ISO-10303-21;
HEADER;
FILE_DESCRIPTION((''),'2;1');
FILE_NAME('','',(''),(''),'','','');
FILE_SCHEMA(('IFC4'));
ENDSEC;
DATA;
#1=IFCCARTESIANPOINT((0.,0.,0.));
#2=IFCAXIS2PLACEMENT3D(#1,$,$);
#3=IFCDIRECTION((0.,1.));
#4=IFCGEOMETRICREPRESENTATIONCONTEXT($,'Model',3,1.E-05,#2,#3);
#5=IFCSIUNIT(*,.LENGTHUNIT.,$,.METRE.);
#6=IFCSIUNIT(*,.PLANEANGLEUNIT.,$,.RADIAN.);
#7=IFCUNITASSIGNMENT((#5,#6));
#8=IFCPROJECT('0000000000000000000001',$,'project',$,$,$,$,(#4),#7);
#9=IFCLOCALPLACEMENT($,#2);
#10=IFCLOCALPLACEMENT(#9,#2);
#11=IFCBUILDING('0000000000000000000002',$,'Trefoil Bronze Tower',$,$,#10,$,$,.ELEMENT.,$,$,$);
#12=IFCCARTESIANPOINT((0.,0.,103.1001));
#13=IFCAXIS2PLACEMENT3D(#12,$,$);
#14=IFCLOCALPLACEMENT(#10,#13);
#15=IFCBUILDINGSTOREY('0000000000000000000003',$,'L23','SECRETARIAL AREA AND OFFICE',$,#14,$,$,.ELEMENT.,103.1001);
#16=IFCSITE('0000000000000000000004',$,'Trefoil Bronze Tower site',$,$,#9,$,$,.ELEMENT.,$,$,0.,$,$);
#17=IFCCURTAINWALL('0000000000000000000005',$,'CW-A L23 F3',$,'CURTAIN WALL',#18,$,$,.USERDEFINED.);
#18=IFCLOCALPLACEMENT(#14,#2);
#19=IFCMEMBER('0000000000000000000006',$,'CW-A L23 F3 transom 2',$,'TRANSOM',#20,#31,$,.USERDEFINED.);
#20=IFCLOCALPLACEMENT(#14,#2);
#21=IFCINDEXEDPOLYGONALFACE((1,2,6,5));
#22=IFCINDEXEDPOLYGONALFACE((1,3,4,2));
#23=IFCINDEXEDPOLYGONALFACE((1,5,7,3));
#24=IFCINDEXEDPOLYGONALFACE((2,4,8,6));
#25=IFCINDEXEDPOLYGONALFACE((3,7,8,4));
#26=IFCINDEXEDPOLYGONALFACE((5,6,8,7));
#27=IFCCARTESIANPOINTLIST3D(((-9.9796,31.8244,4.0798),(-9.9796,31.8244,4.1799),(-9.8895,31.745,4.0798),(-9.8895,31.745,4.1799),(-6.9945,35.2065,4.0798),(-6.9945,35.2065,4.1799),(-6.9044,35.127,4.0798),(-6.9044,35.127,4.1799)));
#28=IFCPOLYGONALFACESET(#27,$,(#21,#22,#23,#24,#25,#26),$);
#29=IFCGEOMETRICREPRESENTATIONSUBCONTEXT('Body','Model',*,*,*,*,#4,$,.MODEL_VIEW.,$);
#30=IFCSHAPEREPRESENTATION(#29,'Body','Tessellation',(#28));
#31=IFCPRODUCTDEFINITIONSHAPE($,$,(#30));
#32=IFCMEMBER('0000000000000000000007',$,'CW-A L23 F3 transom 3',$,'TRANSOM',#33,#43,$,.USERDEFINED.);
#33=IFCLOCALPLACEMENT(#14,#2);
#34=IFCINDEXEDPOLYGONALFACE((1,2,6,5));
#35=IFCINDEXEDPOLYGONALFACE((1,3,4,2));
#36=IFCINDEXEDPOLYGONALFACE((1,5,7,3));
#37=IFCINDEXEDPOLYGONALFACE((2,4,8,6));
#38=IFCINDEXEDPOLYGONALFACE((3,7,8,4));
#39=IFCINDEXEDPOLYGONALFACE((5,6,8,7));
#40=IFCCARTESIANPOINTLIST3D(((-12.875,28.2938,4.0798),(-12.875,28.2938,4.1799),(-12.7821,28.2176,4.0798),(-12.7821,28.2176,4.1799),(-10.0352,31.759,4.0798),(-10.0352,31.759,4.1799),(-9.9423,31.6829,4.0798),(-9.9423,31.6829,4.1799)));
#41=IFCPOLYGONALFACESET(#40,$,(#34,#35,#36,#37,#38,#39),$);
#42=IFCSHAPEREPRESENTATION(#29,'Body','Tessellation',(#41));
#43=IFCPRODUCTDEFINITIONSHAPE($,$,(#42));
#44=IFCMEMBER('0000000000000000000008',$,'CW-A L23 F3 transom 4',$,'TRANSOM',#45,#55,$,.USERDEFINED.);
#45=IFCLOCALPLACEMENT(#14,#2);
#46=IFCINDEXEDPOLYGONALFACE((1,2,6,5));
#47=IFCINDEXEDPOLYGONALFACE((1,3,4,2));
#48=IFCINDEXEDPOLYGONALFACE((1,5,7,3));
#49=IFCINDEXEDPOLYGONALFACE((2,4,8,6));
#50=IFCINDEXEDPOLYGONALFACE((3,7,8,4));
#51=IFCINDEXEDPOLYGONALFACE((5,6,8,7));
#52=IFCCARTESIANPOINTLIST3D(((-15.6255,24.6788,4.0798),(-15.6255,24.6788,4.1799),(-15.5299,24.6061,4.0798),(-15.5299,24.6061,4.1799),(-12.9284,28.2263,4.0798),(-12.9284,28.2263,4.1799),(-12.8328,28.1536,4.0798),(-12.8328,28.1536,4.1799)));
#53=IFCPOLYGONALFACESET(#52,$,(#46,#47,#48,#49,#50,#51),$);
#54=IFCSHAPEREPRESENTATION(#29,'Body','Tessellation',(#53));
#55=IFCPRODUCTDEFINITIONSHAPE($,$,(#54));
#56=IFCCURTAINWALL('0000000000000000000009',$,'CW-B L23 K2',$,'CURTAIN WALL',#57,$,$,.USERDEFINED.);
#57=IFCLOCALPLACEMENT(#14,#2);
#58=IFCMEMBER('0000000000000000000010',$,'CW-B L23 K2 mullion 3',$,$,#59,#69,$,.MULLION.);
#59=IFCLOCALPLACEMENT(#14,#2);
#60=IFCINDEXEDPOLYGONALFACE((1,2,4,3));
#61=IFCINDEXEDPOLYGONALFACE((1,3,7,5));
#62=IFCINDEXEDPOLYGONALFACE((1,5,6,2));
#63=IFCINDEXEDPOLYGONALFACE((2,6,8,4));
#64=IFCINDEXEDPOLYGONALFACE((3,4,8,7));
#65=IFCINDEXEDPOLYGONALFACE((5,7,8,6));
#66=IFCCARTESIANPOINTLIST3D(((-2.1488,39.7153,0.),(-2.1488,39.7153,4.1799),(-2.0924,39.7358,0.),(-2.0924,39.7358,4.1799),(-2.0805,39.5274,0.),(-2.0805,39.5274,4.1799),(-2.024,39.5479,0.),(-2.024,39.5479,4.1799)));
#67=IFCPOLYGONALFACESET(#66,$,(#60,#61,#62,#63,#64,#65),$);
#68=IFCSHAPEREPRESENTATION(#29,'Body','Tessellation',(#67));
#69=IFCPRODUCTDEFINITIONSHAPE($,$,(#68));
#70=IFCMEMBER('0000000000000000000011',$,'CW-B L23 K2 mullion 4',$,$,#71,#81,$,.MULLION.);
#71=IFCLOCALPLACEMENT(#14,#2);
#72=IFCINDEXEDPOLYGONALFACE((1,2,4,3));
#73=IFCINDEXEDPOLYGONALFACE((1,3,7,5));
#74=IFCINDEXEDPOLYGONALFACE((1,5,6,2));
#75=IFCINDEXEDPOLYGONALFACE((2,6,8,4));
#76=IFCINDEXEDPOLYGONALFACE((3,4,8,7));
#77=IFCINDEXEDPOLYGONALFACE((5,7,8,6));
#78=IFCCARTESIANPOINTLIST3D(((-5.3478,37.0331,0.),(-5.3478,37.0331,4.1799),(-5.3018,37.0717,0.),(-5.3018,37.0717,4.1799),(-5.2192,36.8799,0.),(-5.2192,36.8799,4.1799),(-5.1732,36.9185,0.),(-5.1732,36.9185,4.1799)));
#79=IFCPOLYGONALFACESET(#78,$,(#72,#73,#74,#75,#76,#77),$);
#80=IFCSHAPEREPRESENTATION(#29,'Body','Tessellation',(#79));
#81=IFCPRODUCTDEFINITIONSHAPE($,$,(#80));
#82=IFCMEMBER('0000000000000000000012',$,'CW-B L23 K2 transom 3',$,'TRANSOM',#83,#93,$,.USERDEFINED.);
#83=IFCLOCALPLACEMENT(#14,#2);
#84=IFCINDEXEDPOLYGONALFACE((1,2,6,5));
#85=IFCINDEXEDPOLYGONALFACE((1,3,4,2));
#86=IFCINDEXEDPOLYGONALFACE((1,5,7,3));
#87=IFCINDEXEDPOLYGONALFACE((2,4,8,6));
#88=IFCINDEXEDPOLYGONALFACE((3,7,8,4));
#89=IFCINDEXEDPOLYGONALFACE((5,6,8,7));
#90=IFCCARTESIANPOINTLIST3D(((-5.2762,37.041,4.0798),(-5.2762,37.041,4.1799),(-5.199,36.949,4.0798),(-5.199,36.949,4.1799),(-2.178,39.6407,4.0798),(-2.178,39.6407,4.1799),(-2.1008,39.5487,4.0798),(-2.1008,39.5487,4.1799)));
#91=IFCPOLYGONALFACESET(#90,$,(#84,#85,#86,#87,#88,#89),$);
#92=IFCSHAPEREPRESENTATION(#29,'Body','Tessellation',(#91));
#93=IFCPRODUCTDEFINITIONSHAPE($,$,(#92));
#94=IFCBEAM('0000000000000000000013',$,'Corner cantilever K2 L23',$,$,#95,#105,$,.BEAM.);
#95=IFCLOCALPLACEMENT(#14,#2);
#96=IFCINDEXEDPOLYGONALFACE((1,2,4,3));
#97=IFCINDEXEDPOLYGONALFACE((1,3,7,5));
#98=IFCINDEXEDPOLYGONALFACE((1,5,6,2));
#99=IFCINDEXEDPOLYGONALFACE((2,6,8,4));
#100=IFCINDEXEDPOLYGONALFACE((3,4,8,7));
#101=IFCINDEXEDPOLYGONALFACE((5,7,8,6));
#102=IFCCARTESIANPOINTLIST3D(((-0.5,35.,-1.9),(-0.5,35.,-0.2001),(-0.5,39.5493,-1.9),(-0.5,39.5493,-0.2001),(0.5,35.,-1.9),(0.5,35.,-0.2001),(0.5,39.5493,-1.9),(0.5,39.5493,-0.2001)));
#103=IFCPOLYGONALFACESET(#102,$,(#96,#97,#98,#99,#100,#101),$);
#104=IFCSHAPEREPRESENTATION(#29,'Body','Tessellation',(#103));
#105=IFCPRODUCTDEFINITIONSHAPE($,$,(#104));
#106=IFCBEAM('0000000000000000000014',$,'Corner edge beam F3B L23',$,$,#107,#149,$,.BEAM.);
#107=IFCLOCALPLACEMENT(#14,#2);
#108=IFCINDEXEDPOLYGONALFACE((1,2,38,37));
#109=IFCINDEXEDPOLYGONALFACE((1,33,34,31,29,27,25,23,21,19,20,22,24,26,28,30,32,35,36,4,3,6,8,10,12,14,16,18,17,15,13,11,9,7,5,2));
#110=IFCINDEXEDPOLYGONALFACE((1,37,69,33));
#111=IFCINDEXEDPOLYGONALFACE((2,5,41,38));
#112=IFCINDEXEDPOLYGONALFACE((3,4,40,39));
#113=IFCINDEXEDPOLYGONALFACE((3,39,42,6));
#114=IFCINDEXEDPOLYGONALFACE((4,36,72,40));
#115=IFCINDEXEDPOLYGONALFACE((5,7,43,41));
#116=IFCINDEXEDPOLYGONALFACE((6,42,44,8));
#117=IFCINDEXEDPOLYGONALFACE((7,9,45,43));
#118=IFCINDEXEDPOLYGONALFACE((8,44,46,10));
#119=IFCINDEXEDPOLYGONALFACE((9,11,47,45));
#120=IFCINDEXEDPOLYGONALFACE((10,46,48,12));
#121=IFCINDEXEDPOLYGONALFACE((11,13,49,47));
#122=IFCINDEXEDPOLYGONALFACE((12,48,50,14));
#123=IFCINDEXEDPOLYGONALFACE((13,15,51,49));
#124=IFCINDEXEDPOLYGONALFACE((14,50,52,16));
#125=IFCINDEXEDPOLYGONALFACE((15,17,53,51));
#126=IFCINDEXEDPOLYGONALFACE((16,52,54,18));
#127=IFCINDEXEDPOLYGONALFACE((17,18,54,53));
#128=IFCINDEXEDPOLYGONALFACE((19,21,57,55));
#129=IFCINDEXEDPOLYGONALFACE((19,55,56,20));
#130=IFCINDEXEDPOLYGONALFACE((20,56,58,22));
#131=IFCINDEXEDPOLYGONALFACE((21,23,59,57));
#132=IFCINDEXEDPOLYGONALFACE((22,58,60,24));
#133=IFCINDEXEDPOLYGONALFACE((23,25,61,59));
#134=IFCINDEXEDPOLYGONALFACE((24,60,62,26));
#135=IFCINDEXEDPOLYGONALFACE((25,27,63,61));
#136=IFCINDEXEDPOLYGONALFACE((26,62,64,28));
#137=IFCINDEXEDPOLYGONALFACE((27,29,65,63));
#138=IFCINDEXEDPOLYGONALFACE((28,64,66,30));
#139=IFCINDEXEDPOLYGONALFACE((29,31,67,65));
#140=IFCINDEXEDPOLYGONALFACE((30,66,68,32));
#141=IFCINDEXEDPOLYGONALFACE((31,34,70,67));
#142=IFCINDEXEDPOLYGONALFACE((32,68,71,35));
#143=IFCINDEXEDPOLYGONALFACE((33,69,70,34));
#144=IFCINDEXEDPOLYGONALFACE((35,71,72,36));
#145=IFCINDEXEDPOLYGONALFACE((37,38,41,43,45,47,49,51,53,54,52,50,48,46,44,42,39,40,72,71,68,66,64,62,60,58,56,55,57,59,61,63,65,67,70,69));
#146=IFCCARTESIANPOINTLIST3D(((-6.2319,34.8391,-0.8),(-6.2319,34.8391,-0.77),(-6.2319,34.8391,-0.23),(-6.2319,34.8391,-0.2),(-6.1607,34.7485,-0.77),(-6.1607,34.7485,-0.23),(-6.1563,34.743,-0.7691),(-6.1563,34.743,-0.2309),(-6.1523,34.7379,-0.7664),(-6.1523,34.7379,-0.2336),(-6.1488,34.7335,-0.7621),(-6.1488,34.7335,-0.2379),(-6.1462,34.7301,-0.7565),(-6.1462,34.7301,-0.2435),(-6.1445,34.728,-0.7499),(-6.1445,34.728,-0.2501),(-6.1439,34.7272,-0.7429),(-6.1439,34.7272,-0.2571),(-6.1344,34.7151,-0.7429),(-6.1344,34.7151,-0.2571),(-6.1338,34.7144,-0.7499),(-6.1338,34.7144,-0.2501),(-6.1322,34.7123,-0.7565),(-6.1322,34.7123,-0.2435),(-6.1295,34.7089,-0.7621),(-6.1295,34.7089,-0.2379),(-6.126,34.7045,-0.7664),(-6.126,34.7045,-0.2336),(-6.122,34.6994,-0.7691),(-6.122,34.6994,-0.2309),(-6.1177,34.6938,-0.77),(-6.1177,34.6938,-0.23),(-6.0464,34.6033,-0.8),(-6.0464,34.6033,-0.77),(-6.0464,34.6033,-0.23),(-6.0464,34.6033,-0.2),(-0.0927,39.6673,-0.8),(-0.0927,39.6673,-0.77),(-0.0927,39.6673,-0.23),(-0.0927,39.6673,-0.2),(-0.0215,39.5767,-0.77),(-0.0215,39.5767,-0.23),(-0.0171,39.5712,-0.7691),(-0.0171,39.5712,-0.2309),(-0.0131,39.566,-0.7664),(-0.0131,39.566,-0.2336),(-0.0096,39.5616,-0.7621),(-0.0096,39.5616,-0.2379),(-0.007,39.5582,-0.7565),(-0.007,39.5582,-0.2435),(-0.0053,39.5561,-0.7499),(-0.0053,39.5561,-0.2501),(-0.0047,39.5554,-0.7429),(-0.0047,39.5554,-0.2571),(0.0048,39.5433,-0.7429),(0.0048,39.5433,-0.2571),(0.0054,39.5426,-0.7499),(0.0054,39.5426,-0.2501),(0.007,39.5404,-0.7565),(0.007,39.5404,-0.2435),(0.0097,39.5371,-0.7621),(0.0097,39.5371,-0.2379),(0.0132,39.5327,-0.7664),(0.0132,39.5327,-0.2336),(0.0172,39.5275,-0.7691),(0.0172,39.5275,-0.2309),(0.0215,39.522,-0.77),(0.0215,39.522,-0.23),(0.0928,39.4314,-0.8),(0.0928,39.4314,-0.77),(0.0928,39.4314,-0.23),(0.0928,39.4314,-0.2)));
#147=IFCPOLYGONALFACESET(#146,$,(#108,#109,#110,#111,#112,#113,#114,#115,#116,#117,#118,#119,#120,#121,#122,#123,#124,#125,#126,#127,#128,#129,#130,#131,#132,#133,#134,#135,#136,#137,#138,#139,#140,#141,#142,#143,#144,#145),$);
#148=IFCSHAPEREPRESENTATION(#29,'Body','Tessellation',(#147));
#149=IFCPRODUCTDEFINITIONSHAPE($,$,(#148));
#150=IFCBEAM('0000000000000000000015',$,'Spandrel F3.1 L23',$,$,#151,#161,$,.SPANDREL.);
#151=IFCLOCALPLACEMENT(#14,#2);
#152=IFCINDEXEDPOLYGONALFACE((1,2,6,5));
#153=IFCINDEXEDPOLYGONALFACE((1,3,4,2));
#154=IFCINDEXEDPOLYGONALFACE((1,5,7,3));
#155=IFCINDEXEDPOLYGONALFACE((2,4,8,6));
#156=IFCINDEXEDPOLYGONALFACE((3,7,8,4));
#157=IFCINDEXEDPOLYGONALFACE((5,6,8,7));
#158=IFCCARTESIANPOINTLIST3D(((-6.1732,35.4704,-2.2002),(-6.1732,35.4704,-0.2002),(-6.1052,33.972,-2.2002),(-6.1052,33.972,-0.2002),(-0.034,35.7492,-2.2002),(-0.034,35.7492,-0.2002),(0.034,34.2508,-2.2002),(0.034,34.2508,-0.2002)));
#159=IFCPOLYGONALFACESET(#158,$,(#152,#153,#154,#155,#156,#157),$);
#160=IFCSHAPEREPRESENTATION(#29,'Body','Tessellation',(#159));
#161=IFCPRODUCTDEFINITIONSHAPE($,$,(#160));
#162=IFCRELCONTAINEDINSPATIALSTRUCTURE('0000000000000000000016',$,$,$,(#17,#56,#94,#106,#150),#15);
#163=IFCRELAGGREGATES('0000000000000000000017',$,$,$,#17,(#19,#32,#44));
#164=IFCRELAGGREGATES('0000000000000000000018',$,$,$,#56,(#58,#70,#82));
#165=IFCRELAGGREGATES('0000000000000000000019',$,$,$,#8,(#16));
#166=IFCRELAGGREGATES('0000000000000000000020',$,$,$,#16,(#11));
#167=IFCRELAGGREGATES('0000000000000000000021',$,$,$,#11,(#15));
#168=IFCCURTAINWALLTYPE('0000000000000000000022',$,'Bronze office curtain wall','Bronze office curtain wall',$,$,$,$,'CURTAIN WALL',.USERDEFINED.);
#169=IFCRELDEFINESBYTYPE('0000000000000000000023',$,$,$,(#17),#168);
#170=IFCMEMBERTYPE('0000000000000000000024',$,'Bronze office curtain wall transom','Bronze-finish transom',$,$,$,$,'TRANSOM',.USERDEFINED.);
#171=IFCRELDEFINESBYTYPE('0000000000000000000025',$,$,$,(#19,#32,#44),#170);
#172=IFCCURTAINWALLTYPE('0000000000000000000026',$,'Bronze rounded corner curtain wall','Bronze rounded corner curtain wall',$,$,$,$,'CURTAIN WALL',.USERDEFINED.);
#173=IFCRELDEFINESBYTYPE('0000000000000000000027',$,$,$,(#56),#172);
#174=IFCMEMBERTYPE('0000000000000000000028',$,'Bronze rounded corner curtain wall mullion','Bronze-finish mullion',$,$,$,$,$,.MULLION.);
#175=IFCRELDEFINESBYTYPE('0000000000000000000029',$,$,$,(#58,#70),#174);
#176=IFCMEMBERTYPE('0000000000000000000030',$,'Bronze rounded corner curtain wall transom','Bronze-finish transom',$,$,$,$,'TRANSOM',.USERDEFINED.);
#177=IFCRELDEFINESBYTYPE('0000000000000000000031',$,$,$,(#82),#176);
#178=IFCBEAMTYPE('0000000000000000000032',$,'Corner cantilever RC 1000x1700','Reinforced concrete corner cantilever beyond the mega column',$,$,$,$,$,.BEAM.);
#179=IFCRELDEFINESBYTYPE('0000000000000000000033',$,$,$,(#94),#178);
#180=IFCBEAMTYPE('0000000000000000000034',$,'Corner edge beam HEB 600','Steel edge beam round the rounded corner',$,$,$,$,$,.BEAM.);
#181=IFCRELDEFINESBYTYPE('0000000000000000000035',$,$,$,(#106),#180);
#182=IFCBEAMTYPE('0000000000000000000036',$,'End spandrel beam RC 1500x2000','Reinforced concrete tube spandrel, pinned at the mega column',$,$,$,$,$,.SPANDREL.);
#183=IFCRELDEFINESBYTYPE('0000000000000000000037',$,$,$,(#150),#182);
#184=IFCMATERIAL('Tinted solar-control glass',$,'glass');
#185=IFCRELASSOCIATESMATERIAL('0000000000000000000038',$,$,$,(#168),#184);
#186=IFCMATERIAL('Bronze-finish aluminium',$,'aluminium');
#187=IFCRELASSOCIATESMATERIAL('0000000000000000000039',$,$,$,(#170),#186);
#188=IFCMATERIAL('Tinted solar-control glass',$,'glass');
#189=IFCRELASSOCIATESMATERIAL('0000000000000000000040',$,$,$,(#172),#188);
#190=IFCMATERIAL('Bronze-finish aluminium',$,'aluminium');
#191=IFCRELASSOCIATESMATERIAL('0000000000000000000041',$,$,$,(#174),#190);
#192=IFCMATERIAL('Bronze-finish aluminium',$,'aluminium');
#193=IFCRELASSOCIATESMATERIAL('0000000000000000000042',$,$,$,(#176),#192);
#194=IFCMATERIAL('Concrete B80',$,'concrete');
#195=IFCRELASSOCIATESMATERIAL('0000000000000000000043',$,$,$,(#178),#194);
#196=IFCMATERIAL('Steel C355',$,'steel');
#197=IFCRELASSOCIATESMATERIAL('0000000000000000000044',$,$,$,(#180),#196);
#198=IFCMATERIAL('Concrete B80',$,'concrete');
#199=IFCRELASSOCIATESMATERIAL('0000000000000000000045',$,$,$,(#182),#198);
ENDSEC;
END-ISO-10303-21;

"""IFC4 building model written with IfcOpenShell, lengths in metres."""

from ifc_helpers import new_model, si_unit, direction, frame, origin, origin_2d, place, context, subcontext, project, spatial, rectangle, i_section, extrude, material, material_profile, profile_set, type_object, element, aggregate, save


model = new_model("IFC4")

# Units and contexts
model_context = context("Model", 3, precision=1e-05, world=origin(), true_north=direction((0.0, 1.0)))
body_context = subcontext(model_context, "Body", "Model", "MODEL_VIEW")
ifc_project = project(units=[si_unit("LENGTHUNIT", "METRE"), si_unit("PLANEANGLEUNIT", "RADIAN")], contexts=[model_context])

# Site, building, storey
site_placement = place(None, origin())
site = spatial("IfcSite", under=ifc_project, at=site_placement, Name="Trefoil Bronze Tower site", CompositionType="ELEMENT", RefElevation=0.0)
building_placement = place(site_placement, origin())
building = spatial("IfcBuilding", under=site, at=building_placement, Name="Trefoil Bronze Tower", CompositionType="ELEMENT")
storey_placement = place(building_placement, frame((0.0, 0.0, 103.1001)))
storey = spatial("IfcBuildingStorey", under=building, at=storey_placement, Name="L23", Description="SECRETARIAL AREA AND OFFICE", CompositionType="ELEMENT", Elevation=103.1001)

# Curtain walls, members
ifc_material_1 = material(Name="Tinted solar-control glass", Category="glass")
curtain_wall_type_1 = type_object("IfcCurtainWallType", Name="Bronze office curtain wall", Description="Bronze office curtain wall", ElementType="CURTAIN WALL", PredefinedType="USERDEFINED", material=ifc_material_1)
curtain_wall_1_placement = place(storey_placement, origin())
curtain_wall_1 = element("IfcCurtainWall", 1, at=curtain_wall_1_placement, inside=storey, type_object=curtain_wall_type_1, Name="CW-A L23 F3", ObjectType="CURTAIN WALL", PredefinedType="USERDEFINED")
ifc_material_2 = material(Name="Bronze-finish aluminium", Category="aluminium")
ifc_material_profile_1 = material_profile(ifc_material_2, rectangle(XDim=0.1201, YDim=0.1001, at=origin_2d()), Name="CW-A transom")
ifc_profile_set_1 = profile_set([ifc_material_profile_1], Name="Bronze-finish aluminium")
member_type_1 = type_object("IfcMemberType", Name="Bronze office curtain wall transom", Description="Bronze-finish transom", ElementType="TRANSOM", PredefinedType="USERDEFINED", material=ifc_profile_set_1)
member_1_placement = place(storey_placement, frame((-6.9495, 35.1667, 4.1299), z_axis=(-0.661736, -0.749737, 0.0), x_axis=(0.749737, -0.661736, 0.0)))
member_1 = element("IfcMember", 2, at=member_1_placement, type_object=member_type_1, Name="CW-A L23 F3 transom 2", ObjectType="TRANSOM", PredefinedType="USERDEFINED", context=body_context, shape_type="SweptSolid", body=[
    extrude(rectangle(XDim=0.1201, YDim=0.1001, at=origin_2d()), origin(), (0.0, 0.0, 1.0), 4.511),
])
member_2_placement = place(storey_placement, frame((-9.9888, 31.7209, 4.1299), z_axis=(-0.633849, -0.773457, 0.0), x_axis=(0.773457, -0.633849, 0.0)))
member_2 = element("IfcMember", 3, at=member_2_placement, type_object=member_type_1, Name="CW-A L23 F3 transom 3", ObjectType="TRANSOM", PredefinedType="USERDEFINED", context=body_context, shape_type="SweptSolid", body=[
    extrude(rectangle(XDim=0.1201, YDim=0.1001, at=origin_2d()), origin(), (0.0, 0.0, 1.0), 4.4802),
])
member_3_placement = place(storey_placement, frame((-12.8806, 28.1899, 4.1299), z_axis=(-0.605229, -0.796051, 0.0), x_axis=(0.796051, -0.605229, 0.0)))
member_3 = element("IfcMember", 4, at=member_3_placement, type_object=member_type_1, Name="CW-A L23 F3 transom 4", ObjectType="TRANSOM", PredefinedType="USERDEFINED", context=body_context, shape_type="SweptSolid", body=[
    extrude(rectangle(XDim=0.1201, YDim=0.1001, at=origin_2d()), origin(), (0.0, 0.0, 1.0), 4.4563),
])
ifc_material_3 = material(Name="Tinted solar-control glass", Category="glass")
curtain_wall_type_2 = type_object("IfcCurtainWallType", Name="Bronze rounded corner curtain wall", Description="Bronze rounded corner curtain wall", ElementType="CURTAIN WALL", PredefinedType="USERDEFINED", material=ifc_material_3)
curtain_wall_2_placement = place(storey_placement, origin())
curtain_wall_2 = element("IfcCurtainWall", 5, at=curtain_wall_2_placement, inside=storey, type_object=curtain_wall_type_2, Name="CW-B L23 K2", ObjectType="CURTAIN WALL", PredefinedType="USERDEFINED")
ifc_material_4 = material(Name="Bronze-finish aluminium", Category="aluminium")
ifc_material_profile_2 = material_profile(ifc_material_4, rectangle(XDim=0.2, YDim=0.0601, at=origin_2d()), Name="CW-B mullion")
ifc_profile_set_2 = profile_set([ifc_material_profile_2], Name="Bronze-finish aluminium")
member_type_2 = type_object("IfcMemberType", Name="Bronze rounded corner curtain wall mullion", Description="Bronze-finish mullion", PredefinedType="MULLION", material=ifc_profile_set_2)
member_4_placement = place(storey_placement, frame((-2.0864, 39.6316, 0.0), z_axis=(0.0, 0.0, 1.0), x_axis=(0.34202, -0.939693, 0.0)))
member_4 = element("IfcMember", 6, at=member_4_placement, type_object=member_type_2, Name="CW-B L23 K2 mullion 3", PredefinedType="MULLION", context=body_context, shape_type="SweptSolid", body=[
    extrude(rectangle(XDim=0.2, YDim=0.0601, at=origin_2d()), origin(), (0.0, 0.0, 1.0), 4.1799),
])
member_5_placement = place(storey_placement, frame((-5.2605, 36.9758, 0.0), z_axis=(0.0, 0.0, 1.0), x_axis=(0.642788, -0.766044, 0.0)))
member_5 = element("IfcMember", 7, at=member_5_placement, type_object=member_type_2, Name="CW-B L23 K2 mullion 4", PredefinedType="MULLION", context=body_context, shape_type="SweptSolid", body=[
    extrude(rectangle(XDim=0.2, YDim=0.0601, at=origin_2d()), origin(), (0.0, 0.0, 1.0), 4.1799),
])
ifc_material_5 = material(Name="Bronze-finish aluminium", Category="aluminium")
ifc_material_profile_3 = material_profile(ifc_material_5, rectangle(XDim=0.1201, YDim=0.1001, at=origin_2d()), Name="CW-B transom")
ifc_profile_set_3 = profile_set([ifc_material_profile_3], Name="Bronze-finish aluminium")
member_type_3 = type_object("IfcMemberType", Name="Bronze rounded corner curtain wall transom", Description="Bronze-finish transom", ElementType="TRANSOM", PredefinedType="USERDEFINED", material=ifc_profile_set_3)
member_6_placement = place(storey_placement, frame((-2.1394, 39.5947, 4.1299), z_axis=(-0.76605, -0.642781, 0.0), x_axis=(0.642781, -0.76605, 0.0)))
member_6 = element("IfcMember", 8, at=member_6_placement, type_object=member_type_3, Name="CW-B L23 K2 transom 3", ObjectType="TRANSOM", PredefinedType="USERDEFINED", context=body_context, shape_type="SweptSolid", body=[
    extrude(rectangle(XDim=0.1201, YDim=0.1001, at=origin_2d()), origin(), (0.0, 0.0, 1.0), 4.0444),
])

# Beams
ifc_material_6 = material(Name="Concrete B80", Category="concrete")
ifc_material_profile_4 = material_profile(ifc_material_6, rectangle(XDim=1.0, YDim=1.7, at=origin_2d()), Name="RC 1000x1700")
ifc_profile_set_4 = profile_set([ifc_material_profile_4], Name="Concrete B80")
beam_type_1 = type_object("IfcBeamType", Name="Corner cantilever RC 1000x1700", Description="Reinforced concrete corner cantilever beyond the mega column", PredefinedType="BEAM", material=ifc_profile_set_4)
beam_1_placement = place(storey_placement, frame((0.0, 35.0, -1.05), z_axis=(0.0, 1.0, 0.0), x_axis=(-1.0, 0.0, 0.0)))
element("IfcBeam", 9, at=beam_1_placement, inside=storey, type_object=beam_type_1, Name="Corner cantilever K2 L23", PredefinedType="BEAM", context=body_context, shape_type="SweptSolid", body=[
    extrude(rectangle(XDim=1.0, YDim=1.7, at=origin_2d()), origin(), (0.0, 0.0, 1.0), 4.5493),
])
ifc_material_7 = material(Name="Steel C355", Category="steel")
ifc_material_profile_5 = material_profile(ifc_material_7, i_section(OverallWidth=0.3, OverallDepth=0.6001, WebThickness=0.0154, FlangeThickness=0.03, FilletRadius=0.0271, at=origin_2d()), Name="HEB 600")
ifc_profile_set_5 = profile_set([ifc_material_profile_5], Name="Steel C355")
beam_type_2 = type_object("IfcBeamType", Name="Corner edge beam HEB 600", Description="Steel edge beam round the rounded corner", PredefinedType="BEAM", material=ifc_profile_set_5)
beam_2_placement = place(storey_placement, frame((-6.1392, 34.7212, -0.5), z_axis=(0.786038, 0.618178, 0.0), x_axis=(-0.618178, 0.786038, 0.0)))
element("IfcBeam", 10, at=beam_2_placement, inside=storey, type_object=beam_type_2, Name="Corner edge beam F3B L23", PredefinedType="BEAM", context=body_context, shape_type="SweptSolid", body=[
    extrude(i_section(OverallWidth=0.3, OverallDepth=0.6001, WebThickness=0.0154, FlangeThickness=0.03, FilletRadius=0.0271, at=origin_2d()), origin(), (0.0, 0.0, 1.0), 7.8103),
])
ifc_material_8 = material(Name="Concrete B80", Category="concrete")
ifc_material_profile_6 = material_profile(ifc_material_8, rectangle(XDim=1.5, YDim=2.0, at=origin_2d()), Name="RC 1500x2000")
ifc_profile_set_6 = profile_set([ifc_material_profile_6], Name="Concrete B80")
beam_type_3 = type_object("IfcBeamType", Name="End spandrel beam RC 1500x2000", Description="Reinforced concrete tube spandrel, pinned at the mega column", PredefinedType="SPANDREL", material=ifc_profile_set_6)
beam_3_placement = place(storey_placement, frame((0.0, 35.0, -1.2002), z_axis=(-0.99897, -0.045368, 0.0), x_axis=(0.045368, -0.99897, 0.0)))
element("IfcBeam", 11, at=beam_3_placement, inside=storey, type_object=beam_type_3, Name="Spandrel F3.1 L23", PredefinedType="SPANDREL", context=body_context, shape_type="SweptSolid", body=[
    extrude(rectangle(XDim=1.5, YDim=2.0, at=origin_2d()), origin(), (0.0, 0.0, 1.0), 6.1455),
])

aggregate(curtain_wall_1, [member_1, member_2, member_3])
aggregate(curtain_wall_2, [member_4, member_5, member_6])

save(model, "model.ifc")
